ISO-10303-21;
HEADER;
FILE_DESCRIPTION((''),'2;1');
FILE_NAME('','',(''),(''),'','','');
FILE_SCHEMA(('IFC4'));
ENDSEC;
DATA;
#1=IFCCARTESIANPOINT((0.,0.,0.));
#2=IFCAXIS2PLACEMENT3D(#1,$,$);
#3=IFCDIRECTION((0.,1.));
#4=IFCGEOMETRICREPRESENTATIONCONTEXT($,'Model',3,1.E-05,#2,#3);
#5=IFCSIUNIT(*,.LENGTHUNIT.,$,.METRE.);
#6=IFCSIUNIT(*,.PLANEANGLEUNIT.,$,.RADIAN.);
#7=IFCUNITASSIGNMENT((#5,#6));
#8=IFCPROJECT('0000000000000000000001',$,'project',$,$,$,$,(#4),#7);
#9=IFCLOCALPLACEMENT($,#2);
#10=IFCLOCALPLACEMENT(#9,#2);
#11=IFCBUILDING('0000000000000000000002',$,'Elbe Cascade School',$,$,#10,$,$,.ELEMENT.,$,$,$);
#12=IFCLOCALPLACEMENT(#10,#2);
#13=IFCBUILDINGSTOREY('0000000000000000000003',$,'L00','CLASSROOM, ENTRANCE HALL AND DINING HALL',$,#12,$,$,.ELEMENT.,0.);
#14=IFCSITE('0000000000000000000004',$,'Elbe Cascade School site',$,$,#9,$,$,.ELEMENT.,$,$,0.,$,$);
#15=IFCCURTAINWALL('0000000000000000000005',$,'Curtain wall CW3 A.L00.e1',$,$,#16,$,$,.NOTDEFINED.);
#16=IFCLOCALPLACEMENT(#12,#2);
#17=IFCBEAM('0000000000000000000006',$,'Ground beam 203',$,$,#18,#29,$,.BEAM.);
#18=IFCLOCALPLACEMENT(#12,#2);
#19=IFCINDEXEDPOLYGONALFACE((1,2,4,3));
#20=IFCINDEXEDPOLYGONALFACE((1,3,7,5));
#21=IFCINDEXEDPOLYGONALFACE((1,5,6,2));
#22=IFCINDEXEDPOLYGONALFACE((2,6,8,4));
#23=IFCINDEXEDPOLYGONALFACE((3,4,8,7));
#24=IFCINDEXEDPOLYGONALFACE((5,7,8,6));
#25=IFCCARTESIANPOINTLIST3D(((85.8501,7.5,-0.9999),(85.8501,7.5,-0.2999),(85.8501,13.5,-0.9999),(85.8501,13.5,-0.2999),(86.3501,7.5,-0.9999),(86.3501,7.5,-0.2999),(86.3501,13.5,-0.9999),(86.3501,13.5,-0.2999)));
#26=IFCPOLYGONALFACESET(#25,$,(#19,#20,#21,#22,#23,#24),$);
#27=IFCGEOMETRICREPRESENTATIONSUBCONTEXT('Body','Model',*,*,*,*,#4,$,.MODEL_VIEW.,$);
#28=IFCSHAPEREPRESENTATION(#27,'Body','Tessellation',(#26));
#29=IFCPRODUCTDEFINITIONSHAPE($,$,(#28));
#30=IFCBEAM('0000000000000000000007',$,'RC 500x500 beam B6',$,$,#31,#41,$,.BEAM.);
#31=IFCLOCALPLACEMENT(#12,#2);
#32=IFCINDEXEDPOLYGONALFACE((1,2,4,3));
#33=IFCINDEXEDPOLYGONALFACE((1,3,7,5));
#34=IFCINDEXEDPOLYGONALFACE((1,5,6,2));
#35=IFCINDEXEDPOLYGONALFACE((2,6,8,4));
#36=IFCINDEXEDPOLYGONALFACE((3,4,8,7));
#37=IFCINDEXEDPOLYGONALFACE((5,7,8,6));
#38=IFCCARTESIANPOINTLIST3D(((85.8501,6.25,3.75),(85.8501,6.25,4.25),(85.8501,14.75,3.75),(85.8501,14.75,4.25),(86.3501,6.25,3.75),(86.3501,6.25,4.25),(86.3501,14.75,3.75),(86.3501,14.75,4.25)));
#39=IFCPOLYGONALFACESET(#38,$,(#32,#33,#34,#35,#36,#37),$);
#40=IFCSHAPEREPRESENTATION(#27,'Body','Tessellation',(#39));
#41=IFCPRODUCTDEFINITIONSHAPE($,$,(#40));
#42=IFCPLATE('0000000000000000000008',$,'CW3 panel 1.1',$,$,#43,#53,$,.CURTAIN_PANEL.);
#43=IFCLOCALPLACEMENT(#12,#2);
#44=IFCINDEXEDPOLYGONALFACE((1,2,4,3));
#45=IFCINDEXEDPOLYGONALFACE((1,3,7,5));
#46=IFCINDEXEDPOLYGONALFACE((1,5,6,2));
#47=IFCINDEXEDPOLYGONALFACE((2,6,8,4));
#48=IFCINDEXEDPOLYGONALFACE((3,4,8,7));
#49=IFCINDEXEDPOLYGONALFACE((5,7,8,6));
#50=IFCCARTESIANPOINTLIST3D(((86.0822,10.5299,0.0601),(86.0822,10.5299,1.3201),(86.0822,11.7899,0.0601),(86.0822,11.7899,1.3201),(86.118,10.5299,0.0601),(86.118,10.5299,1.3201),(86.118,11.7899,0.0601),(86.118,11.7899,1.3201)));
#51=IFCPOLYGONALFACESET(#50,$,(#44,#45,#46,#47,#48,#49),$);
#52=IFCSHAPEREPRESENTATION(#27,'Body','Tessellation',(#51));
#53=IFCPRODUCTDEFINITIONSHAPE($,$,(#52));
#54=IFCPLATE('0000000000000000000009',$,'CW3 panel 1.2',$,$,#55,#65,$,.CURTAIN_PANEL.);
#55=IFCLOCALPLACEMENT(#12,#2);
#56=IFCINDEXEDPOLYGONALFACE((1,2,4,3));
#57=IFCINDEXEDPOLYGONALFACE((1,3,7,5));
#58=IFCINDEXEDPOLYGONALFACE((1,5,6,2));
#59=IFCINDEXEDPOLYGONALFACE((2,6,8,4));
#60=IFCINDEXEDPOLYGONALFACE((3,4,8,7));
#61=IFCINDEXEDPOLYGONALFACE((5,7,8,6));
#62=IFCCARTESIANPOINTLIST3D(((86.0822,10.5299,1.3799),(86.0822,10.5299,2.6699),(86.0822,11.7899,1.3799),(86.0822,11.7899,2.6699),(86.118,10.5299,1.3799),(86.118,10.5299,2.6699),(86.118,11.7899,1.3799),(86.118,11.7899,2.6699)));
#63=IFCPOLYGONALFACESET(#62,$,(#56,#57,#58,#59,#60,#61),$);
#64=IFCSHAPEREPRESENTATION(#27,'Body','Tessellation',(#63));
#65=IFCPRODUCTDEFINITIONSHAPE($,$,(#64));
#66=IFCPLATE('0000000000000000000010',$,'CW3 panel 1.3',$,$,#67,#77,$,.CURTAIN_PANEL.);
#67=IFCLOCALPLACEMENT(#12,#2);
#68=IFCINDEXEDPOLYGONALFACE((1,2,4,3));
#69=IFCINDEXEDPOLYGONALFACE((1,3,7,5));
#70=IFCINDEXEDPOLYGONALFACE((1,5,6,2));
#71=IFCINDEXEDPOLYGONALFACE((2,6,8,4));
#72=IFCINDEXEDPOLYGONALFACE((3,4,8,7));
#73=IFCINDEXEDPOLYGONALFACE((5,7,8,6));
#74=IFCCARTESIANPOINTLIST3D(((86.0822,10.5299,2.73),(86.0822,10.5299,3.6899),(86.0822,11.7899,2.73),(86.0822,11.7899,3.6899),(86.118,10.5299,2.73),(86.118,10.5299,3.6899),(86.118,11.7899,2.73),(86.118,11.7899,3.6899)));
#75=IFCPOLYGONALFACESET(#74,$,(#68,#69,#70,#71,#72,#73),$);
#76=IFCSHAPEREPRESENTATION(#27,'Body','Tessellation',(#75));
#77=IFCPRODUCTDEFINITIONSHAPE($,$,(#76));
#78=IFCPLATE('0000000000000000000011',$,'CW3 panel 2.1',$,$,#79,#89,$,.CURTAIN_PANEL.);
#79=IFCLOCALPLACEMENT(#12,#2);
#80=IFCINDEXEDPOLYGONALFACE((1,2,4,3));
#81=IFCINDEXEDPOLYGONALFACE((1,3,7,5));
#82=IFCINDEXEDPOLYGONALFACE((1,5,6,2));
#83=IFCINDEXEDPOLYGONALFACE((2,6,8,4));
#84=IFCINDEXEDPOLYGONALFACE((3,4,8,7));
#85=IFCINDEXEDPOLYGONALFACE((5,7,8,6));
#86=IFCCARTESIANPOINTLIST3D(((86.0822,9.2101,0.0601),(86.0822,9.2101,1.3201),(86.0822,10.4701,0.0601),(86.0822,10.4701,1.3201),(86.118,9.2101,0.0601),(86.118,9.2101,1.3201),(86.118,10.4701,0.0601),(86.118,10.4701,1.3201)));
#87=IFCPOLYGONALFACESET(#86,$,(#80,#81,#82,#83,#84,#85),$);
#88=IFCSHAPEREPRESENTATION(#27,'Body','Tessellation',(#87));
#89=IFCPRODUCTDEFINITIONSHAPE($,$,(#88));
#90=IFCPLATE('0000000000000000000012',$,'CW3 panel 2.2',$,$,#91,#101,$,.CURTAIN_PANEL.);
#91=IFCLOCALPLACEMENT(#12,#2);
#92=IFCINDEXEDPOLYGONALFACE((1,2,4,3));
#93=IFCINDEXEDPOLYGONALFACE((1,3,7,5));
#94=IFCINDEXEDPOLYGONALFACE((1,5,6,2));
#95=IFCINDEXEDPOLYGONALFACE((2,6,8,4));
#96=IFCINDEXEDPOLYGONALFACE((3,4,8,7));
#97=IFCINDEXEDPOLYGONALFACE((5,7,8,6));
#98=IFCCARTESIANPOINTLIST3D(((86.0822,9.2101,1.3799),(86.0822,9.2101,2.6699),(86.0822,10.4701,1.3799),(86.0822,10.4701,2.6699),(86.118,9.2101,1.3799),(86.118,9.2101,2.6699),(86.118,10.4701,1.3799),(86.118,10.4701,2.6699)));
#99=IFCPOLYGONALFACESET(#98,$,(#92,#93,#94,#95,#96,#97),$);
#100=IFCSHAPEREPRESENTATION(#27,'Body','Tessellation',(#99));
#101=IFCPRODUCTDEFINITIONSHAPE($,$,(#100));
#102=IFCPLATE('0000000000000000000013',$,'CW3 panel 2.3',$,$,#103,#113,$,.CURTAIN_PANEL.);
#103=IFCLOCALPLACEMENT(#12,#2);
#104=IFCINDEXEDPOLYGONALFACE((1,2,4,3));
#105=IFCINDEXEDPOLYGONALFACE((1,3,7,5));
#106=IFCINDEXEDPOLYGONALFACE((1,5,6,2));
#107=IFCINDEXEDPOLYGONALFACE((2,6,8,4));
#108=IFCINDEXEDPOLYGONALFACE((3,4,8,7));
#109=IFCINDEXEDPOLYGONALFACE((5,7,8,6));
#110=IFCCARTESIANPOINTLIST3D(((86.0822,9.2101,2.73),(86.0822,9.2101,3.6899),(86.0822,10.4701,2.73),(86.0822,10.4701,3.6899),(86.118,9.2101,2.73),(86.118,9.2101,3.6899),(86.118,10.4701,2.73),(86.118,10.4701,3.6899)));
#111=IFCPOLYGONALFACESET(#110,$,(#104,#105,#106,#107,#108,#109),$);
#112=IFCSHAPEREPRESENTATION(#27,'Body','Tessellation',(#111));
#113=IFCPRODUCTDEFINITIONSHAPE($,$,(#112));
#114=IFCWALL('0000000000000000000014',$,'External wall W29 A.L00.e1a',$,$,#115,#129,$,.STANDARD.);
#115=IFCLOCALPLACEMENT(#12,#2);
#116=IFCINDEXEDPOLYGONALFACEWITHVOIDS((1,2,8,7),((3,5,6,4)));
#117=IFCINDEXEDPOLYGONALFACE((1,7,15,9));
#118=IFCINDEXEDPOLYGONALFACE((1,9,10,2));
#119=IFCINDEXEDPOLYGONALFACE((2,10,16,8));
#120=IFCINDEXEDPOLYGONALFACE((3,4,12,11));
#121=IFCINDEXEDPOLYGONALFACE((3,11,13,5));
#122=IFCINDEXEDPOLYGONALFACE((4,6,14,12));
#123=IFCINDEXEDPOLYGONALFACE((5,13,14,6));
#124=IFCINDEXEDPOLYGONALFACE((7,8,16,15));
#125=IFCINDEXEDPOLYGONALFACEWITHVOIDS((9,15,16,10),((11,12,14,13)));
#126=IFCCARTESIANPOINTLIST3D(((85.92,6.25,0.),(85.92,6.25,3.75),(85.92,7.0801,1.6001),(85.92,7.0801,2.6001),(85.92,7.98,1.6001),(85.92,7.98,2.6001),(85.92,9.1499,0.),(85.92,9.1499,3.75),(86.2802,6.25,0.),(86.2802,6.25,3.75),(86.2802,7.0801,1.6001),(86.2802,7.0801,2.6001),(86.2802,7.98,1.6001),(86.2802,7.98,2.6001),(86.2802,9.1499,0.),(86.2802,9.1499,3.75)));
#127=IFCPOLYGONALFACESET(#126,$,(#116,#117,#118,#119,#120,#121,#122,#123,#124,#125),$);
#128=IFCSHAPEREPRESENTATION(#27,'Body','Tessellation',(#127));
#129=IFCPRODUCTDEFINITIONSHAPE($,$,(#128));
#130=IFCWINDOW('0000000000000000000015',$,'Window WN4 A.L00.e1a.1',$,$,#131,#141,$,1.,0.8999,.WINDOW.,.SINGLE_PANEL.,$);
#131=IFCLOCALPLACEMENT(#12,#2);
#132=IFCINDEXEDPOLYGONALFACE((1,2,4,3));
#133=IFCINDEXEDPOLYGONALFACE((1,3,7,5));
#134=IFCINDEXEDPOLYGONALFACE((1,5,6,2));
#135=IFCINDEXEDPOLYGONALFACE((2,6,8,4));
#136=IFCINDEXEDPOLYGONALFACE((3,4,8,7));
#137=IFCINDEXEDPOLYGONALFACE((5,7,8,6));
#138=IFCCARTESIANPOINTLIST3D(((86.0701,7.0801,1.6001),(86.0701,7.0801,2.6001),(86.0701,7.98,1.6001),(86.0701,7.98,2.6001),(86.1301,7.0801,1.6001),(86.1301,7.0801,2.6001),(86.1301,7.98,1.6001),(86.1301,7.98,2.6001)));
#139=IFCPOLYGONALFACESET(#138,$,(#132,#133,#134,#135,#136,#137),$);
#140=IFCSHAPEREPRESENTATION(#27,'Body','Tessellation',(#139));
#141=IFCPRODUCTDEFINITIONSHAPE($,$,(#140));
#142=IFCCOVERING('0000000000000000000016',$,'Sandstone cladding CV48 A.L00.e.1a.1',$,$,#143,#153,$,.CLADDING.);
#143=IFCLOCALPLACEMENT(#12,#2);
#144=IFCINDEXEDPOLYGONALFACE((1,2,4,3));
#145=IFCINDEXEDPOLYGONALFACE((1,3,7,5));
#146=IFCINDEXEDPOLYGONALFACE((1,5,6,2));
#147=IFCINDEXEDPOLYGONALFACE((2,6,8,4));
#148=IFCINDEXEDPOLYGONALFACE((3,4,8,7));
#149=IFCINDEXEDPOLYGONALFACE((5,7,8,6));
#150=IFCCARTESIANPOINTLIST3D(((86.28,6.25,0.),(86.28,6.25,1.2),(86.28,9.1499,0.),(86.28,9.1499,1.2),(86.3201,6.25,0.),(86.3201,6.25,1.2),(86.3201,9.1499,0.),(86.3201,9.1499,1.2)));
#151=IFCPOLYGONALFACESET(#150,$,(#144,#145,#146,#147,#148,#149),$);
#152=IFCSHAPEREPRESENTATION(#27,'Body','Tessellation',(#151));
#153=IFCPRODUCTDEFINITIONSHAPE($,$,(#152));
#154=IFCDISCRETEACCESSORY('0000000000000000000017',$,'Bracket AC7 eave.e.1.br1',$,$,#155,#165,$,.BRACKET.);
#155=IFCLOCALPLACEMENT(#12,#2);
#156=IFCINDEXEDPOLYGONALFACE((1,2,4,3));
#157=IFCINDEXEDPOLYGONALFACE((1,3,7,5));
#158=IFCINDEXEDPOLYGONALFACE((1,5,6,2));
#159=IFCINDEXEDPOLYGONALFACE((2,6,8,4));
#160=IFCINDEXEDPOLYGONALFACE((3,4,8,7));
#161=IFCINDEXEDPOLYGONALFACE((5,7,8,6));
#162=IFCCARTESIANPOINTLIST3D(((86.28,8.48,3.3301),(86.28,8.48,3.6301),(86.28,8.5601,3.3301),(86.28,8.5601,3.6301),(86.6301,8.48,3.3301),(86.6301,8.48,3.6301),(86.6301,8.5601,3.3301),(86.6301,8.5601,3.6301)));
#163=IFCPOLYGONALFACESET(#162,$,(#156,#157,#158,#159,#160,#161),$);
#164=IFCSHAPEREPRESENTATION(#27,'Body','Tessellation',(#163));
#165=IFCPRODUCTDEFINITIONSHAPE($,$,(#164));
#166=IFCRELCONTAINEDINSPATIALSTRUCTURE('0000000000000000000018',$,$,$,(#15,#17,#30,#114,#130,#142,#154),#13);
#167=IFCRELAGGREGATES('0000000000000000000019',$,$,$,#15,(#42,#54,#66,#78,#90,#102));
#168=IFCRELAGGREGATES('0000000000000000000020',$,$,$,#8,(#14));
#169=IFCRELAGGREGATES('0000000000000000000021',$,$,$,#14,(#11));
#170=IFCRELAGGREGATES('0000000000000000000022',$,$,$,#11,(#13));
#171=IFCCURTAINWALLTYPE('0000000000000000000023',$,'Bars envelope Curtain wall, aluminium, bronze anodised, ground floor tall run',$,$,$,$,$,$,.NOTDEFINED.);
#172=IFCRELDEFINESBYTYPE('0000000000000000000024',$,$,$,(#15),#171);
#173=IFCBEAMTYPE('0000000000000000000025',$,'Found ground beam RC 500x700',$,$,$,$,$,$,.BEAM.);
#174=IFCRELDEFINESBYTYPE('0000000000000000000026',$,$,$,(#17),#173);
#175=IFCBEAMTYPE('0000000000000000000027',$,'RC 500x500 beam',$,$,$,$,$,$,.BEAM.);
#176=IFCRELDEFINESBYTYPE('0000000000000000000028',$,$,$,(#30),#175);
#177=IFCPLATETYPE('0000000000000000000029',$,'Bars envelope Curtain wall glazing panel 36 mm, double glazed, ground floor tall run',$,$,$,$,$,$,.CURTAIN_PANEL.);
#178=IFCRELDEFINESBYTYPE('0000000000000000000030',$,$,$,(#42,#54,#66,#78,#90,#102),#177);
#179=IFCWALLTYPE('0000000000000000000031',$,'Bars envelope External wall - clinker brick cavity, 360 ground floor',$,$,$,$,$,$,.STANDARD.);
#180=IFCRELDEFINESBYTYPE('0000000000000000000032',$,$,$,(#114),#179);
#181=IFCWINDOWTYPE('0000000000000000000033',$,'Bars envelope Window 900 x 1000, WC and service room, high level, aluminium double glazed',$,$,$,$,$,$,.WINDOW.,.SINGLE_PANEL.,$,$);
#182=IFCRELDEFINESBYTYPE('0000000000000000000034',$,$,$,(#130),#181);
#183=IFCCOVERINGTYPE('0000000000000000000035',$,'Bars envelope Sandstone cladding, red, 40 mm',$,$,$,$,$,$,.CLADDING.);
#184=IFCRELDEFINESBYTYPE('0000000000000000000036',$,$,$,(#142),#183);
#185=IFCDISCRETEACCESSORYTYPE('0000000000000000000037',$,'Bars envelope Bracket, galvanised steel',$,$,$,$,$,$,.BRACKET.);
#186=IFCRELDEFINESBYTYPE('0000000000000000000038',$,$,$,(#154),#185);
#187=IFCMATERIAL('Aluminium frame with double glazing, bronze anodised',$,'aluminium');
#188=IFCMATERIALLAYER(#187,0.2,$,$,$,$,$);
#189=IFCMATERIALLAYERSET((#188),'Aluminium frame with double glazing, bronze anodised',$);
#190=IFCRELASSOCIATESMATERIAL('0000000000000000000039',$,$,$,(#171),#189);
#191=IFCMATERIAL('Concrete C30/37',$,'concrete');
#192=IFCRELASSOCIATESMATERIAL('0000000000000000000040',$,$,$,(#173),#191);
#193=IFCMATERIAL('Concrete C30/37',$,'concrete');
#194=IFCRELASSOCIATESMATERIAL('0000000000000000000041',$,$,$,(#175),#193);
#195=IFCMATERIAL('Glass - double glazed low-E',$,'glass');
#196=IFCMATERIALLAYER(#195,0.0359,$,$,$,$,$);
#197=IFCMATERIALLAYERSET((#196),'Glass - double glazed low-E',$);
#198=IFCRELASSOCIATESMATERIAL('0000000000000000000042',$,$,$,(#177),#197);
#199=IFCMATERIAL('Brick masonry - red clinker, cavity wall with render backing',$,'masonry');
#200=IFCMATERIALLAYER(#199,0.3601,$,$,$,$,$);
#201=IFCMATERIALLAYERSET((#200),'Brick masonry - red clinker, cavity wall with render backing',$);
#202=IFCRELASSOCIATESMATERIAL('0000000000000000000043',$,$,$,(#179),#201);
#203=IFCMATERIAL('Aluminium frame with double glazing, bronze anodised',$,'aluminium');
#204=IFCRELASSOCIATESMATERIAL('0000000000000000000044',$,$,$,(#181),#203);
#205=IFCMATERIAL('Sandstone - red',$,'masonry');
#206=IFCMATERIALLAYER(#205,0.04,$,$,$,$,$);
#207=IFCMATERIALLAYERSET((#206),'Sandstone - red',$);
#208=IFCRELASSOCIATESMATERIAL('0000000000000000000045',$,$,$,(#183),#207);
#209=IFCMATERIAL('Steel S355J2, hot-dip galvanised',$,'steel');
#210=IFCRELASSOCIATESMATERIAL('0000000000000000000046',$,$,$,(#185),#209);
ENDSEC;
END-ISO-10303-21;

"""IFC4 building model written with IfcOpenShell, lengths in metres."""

from ifc_helpers import new_model, si_unit, direction, frame, frame_2d, origin, origin_2d, place, context, subcontext, project, spatial, rectangle, extrude, material, layer, layer_set, material_profile, profile_set, type_object, element, fill, aggregate, save


model = new_model("IFC4")

# Units and contexts
model_context = context("Model", 3, precision=1e-05, world=origin(), true_north=direction((0.0, 1.0)))
body_context = subcontext(model_context, "Body", "Model", "MODEL_VIEW")
ifc_project = project(units=[si_unit("LENGTHUNIT", "METRE"), si_unit("PLANEANGLEUNIT", "RADIAN")], contexts=[model_context])

# Site, building, storey
site_placement = place(None, origin())
site = spatial("IfcSite", under=ifc_project, at=site_placement, Name="Elbe Cascade School site", CompositionType="ELEMENT", RefElevation=0.0)
building_placement = place(site_placement, origin())
building = spatial("IfcBuilding", under=site, at=building_placement, Name="Elbe Cascade School", CompositionType="ELEMENT")
storey_placement = place(building_placement, origin())
storey = spatial("IfcBuildingStorey", under=building, at=storey_placement, Name="L00", Description="CLASSROOM, ENTRANCE HALL AND DINING HALL", CompositionType="ELEMENT", Elevation=0.0)

# Curtain wall
ifc_material_1 = material(Name="Aluminium frame with double glazing, bronze anodised", Category="aluminium")
ifc_layer_1 = layer(ifc_material_1, 0.2)
ifc_layer_set_1 = layer_set([ifc_layer_1], Name="Aluminium frame with double glazing, bronze anodised")
curtain_wall_type = type_object("IfcCurtainWallType", Name="Bars envelope Curtain wall, aluminium, bronze anodised, ground floor tall run", PredefinedType="NOTDEFINED", material=ifc_layer_set_1)
curtain_wall_placement = place(storey_placement, origin())
curtain_wall = element("IfcCurtainWall", 1, at=curtain_wall_placement, inside=storey, type_object=curtain_wall_type, Name="Curtain wall CW3 A.L00.e1", PredefinedType="NOTDEFINED")

# Beams
ifc_material_2 = material(Name="Concrete C30/37", Category="concrete")
ifc_material_profile_1 = material_profile(ifc_material_2, rectangle(XDim=0.5, YDim=0.7, at=origin_2d()), Name="RC 500x700")
ifc_profile_set_1 = profile_set([ifc_material_profile_1], Name="Concrete C30/37")
beam_type_1 = type_object("IfcBeamType", Name="Found ground beam RC 500x700", PredefinedType="BEAM", material=ifc_profile_set_1)
beam_1_placement = place(storey_placement, frame((86.1001, 7.5, -0.6499), z_axis=(0.0, 1.0, 0.0), x_axis=(-1.0, 0.0, 0.0)))
element("IfcBeam", 2, at=beam_1_placement, inside=storey, type_object=beam_type_1, Name="Ground beam 203", PredefinedType="BEAM", context=body_context, shape_type="SweptSolid", body=[
    extrude(rectangle(XDim=0.5, YDim=0.7, at=origin_2d()), origin(), (0.0, 0.0, 1.0), 6.0),
])
ifc_material_3 = material(Name="Concrete C30/37", Category="concrete")
ifc_material_profile_2 = material_profile(ifc_material_3, rectangle(XDim=0.5, YDim=0.5, at=origin_2d()), Name="RC 500x500")
ifc_profile_set_2 = profile_set([ifc_material_profile_2], Name="Concrete C30/37")
beam_type_2 = type_object("IfcBeamType", Name="RC 500x500 beam", PredefinedType="BEAM", material=ifc_profile_set_2)
beam_2_placement = place(storey_placement, frame((86.1001, 6.25, 4.0), z_axis=(0.0, 1.0, 0.0), x_axis=(-1.0, 0.0, 0.0)))
element("IfcBeam", 3, at=beam_2_placement, inside=storey, type_object=beam_type_2, Name="RC 500x500 beam B6", PredefinedType="BEAM", context=body_context, shape_type="SweptSolid", body=[
    extrude(rectangle(XDim=0.5, YDim=0.5, at=origin_2d()), origin(), (0.0, 0.0, 1.0), 8.5),
])

# Plates
ifc_material_4 = material(Name="Glass - double glazed low-E", Category="glass")
ifc_layer_2 = layer(ifc_material_4, 0.0359)
ifc_layer_set_2 = layer_set([ifc_layer_2], Name="Glass - double glazed low-E")
plate_type = type_object("IfcPlateType", Name="Bars envelope Curtain wall glazing panel 36 mm, double glazed, ground floor tall run", PredefinedType="CURTAIN_PANEL", material=ifc_layer_set_2)
plate_1_placement = place(storey_placement, frame((86.1001, 11.1599, 0.0601), z_axis=(0.0, 0.0, 1.0), x_axis=(0.0, -1.0, 0.0)))
plate_1 = element("IfcPlate", 4, at=plate_1_placement, type_object=plate_type, Name="CW3 panel 1.1", PredefinedType="CURTAIN_PANEL", context=body_context, shape_type="SweptSolid", body=[
    extrude(rectangle(XDim=1.26, YDim=0.0359, at=origin_2d()), origin(), (0.0, 0.0, 1.0), 1.26),
])
plate_2_placement = place(storey_placement, frame((86.1001, 11.1599, 1.3799), z_axis=(0.0, 0.0, 1.0), x_axis=(0.0, -1.0, 0.0)))
plate_2 = element("IfcPlate", 5, at=plate_2_placement, type_object=plate_type, Name="CW3 panel 1.2", PredefinedType="CURTAIN_PANEL", context=body_context, shape_type="SweptSolid", body=[
    extrude(rectangle(XDim=1.26, YDim=0.0359, at=origin_2d()), origin(), (0.0, 0.0, 1.0), 1.29),
])
plate_3_placement = place(storey_placement, frame((86.1001, 11.1599, 2.73), z_axis=(0.0, 0.0, 1.0), x_axis=(0.0, -1.0, 0.0)))
plate_3 = element("IfcPlate", 6, at=plate_3_placement, type_object=plate_type, Name="CW3 panel 1.3", PredefinedType="CURTAIN_PANEL", context=body_context, shape_type="SweptSolid", body=[
    extrude(rectangle(XDim=1.26, YDim=0.0359, at=origin_2d()), origin(), (0.0, 0.0, 1.0), 0.96),
])
plate_4_placement = place(storey_placement, frame((86.1001, 9.8401, 0.0601), z_axis=(0.0, 0.0, 1.0), x_axis=(0.0, -1.0, 0.0)))
plate_4 = element("IfcPlate", 7, at=plate_4_placement, type_object=plate_type, Name="CW3 panel 2.1", PredefinedType="CURTAIN_PANEL", context=body_context, shape_type="SweptSolid", body=[
    extrude(rectangle(XDim=1.26, YDim=0.0359, at=origin_2d()), origin(), (0.0, 0.0, 1.0), 1.26),
])
plate_5_placement = place(storey_placement, frame((86.1001, 9.8401, 1.3799), z_axis=(0.0, 0.0, 1.0), x_axis=(0.0, -1.0, 0.0)))
plate_5 = element("IfcPlate", 8, at=plate_5_placement, type_object=plate_type, Name="CW3 panel 2.2", PredefinedType="CURTAIN_PANEL", context=body_context, shape_type="SweptSolid", body=[
    extrude(rectangle(XDim=1.26, YDim=0.0359, at=origin_2d()), origin(), (0.0, 0.0, 1.0), 1.29),
])
plate_6_placement = place(storey_placement, frame((86.1001, 9.8401, 2.73), z_axis=(0.0, 0.0, 1.0), x_axis=(0.0, -1.0, 0.0)))
plate_6 = element("IfcPlate", 9, at=plate_6_placement, type_object=plate_type, Name="CW3 panel 2.3", PredefinedType="CURTAIN_PANEL", context=body_context, shape_type="SweptSolid", body=[
    extrude(rectangle(XDim=1.26, YDim=0.0359, at=origin_2d()), origin(), (0.0, 0.0, 1.0), 0.96),
])
aggregate(curtain_wall, [plate_1, plate_2, plate_3, plate_4, plate_5, plate_6])

# Wall, opening, window
ifc_material_5 = material(Name="Brick masonry - red clinker, cavity wall with render backing", Category="masonry")
ifc_layer_3 = layer(ifc_material_5, 0.3601)
ifc_layer_set_3 = layer_set([ifc_layer_3], Name="Brick masonry - red clinker, cavity wall with render backing")
wall_type = type_object("IfcWallType", Name="Bars envelope External wall - clinker brick cavity, 360 ground floor", PredefinedType="STANDARD", material=ifc_layer_set_3)
wall_placement = place(storey_placement, frame((86.1001, 9.1499, 0.0), z_axis=(0.0, 0.0, 1.0), x_axis=(0.0, -1.0, 0.0)))
wall = element("IfcWall", 10, at=wall_placement, inside=storey, type_object=wall_type, Name="External wall W29 A.L00.e1a", PredefinedType="STANDARD", context=body_context, shape_type="SweptSolid", body=[
    extrude(rectangle(XDim=2.8999, YDim=0.3601, at=frame_2d((1.45, 0.0))), origin(), (0.0, 0.0, 1.0), 3.75),
])
opening_placement = place(wall_placement, frame((1.1699, 0.0, 1.6001)))
opening = element("IfcOpeningElement", 11, at=opening_placement, cuts=wall, PredefinedType="OPENING", context=body_context, shape_type="SweptSolid", body=[
    extrude(rectangle(XDim=0.8999, YDim=1.0, at=frame_2d((0.45, 0.5))), frame((0.0, 0.1899, 0.0), z_axis=(0.0, -1.0, 0.0), x_axis=(1.0, 0.0, 0.0)), (0.0, 0.0, 1.0), 0.3801),
])
ifc_material_6 = material(Name="Aluminium frame with double glazing, bronze anodised", Category="aluminium")
window_type = type_object("IfcWindowType", Name="Bars envelope Window 900 x 1000, WC and service room, high level, aluminium double glazed", PartitioningType="SINGLE_PANEL", PredefinedType="WINDOW", material=ifc_material_6)
window_placement = place(opening_placement, origin())
window = element("IfcWindow", 12, at=window_placement, inside=storey, type_object=window_type, Name="Window WN4 A.L00.e1a.1", OverallHeight=1.0, OverallWidth=0.8999, PartitioningType="SINGLE_PANEL", PredefinedType="WINDOW", context=body_context, shape_type="SweptSolid", body=[
    extrude(rectangle(XDim=0.8999, YDim=1.0, at=frame_2d((0.45, 0.5))), frame((0.0, 0.03, 0.0), z_axis=(0.0, -1.0, 0.0), x_axis=(1.0, 0.0, 0.0)), (0.0, 0.0, 1.0), 0.0601),
])
fill(opening, window)

# Covering
ifc_material_7 = material(Name="Sandstone - red", Category="masonry")
ifc_layer_4 = layer(ifc_material_7, 0.04)
ifc_layer_set_4 = layer_set([ifc_layer_4], Name="Sandstone - red")
covering_type = type_object("IfcCoveringType", Name="Bars envelope Sandstone cladding, red, 40 mm", PredefinedType="CLADDING", material=ifc_layer_set_4)
covering_placement = place(storey_placement, frame((86.3, 7.7, 0.0), z_axis=(0.0, 0.0, 1.0), x_axis=(0.0, 1.0, 0.0)))
element("IfcCovering", 13, at=covering_placement, inside=storey, type_object=covering_type, Name="Sandstone cladding CV48 A.L00.e.1a.1", PredefinedType="CLADDING", context=body_context, shape_type="SweptSolid", body=[
    extrude(rectangle(XDim=2.8999, YDim=0.04, at=origin_2d()), origin(), (0.0, 0.0, 1.0), 1.2),
])

# Discrete accessory
ifc_material_8 = material(Name="Steel S355J2, hot-dip galvanised", Category="steel")
discrete_accessory_type = type_object("IfcDiscreteAccessoryType", Name="Bars envelope Bracket, galvanised steel", PredefinedType="BRACKET", material=ifc_material_8)
discrete_accessory_placement = place(storey_placement, frame((86.4551, 8.52, 3.3301), z_axis=(0.0, 0.0, 1.0), x_axis=(0.0, 1.0, 0.0)))
element("IfcDiscreteAccessory", 14, at=discrete_accessory_placement, inside=storey, type_object=discrete_accessory_type, Name="Bracket AC7 eave.e.1.br1", PredefinedType="BRACKET", context=body_context, shape_type="SweptSolid", body=[
    extrude(rectangle(XDim=0.0801, YDim=0.3501, at=origin_2d()), origin(), (0.0, 0.0, 1.0), 0.3),
])

save(model, "model.ifc")
